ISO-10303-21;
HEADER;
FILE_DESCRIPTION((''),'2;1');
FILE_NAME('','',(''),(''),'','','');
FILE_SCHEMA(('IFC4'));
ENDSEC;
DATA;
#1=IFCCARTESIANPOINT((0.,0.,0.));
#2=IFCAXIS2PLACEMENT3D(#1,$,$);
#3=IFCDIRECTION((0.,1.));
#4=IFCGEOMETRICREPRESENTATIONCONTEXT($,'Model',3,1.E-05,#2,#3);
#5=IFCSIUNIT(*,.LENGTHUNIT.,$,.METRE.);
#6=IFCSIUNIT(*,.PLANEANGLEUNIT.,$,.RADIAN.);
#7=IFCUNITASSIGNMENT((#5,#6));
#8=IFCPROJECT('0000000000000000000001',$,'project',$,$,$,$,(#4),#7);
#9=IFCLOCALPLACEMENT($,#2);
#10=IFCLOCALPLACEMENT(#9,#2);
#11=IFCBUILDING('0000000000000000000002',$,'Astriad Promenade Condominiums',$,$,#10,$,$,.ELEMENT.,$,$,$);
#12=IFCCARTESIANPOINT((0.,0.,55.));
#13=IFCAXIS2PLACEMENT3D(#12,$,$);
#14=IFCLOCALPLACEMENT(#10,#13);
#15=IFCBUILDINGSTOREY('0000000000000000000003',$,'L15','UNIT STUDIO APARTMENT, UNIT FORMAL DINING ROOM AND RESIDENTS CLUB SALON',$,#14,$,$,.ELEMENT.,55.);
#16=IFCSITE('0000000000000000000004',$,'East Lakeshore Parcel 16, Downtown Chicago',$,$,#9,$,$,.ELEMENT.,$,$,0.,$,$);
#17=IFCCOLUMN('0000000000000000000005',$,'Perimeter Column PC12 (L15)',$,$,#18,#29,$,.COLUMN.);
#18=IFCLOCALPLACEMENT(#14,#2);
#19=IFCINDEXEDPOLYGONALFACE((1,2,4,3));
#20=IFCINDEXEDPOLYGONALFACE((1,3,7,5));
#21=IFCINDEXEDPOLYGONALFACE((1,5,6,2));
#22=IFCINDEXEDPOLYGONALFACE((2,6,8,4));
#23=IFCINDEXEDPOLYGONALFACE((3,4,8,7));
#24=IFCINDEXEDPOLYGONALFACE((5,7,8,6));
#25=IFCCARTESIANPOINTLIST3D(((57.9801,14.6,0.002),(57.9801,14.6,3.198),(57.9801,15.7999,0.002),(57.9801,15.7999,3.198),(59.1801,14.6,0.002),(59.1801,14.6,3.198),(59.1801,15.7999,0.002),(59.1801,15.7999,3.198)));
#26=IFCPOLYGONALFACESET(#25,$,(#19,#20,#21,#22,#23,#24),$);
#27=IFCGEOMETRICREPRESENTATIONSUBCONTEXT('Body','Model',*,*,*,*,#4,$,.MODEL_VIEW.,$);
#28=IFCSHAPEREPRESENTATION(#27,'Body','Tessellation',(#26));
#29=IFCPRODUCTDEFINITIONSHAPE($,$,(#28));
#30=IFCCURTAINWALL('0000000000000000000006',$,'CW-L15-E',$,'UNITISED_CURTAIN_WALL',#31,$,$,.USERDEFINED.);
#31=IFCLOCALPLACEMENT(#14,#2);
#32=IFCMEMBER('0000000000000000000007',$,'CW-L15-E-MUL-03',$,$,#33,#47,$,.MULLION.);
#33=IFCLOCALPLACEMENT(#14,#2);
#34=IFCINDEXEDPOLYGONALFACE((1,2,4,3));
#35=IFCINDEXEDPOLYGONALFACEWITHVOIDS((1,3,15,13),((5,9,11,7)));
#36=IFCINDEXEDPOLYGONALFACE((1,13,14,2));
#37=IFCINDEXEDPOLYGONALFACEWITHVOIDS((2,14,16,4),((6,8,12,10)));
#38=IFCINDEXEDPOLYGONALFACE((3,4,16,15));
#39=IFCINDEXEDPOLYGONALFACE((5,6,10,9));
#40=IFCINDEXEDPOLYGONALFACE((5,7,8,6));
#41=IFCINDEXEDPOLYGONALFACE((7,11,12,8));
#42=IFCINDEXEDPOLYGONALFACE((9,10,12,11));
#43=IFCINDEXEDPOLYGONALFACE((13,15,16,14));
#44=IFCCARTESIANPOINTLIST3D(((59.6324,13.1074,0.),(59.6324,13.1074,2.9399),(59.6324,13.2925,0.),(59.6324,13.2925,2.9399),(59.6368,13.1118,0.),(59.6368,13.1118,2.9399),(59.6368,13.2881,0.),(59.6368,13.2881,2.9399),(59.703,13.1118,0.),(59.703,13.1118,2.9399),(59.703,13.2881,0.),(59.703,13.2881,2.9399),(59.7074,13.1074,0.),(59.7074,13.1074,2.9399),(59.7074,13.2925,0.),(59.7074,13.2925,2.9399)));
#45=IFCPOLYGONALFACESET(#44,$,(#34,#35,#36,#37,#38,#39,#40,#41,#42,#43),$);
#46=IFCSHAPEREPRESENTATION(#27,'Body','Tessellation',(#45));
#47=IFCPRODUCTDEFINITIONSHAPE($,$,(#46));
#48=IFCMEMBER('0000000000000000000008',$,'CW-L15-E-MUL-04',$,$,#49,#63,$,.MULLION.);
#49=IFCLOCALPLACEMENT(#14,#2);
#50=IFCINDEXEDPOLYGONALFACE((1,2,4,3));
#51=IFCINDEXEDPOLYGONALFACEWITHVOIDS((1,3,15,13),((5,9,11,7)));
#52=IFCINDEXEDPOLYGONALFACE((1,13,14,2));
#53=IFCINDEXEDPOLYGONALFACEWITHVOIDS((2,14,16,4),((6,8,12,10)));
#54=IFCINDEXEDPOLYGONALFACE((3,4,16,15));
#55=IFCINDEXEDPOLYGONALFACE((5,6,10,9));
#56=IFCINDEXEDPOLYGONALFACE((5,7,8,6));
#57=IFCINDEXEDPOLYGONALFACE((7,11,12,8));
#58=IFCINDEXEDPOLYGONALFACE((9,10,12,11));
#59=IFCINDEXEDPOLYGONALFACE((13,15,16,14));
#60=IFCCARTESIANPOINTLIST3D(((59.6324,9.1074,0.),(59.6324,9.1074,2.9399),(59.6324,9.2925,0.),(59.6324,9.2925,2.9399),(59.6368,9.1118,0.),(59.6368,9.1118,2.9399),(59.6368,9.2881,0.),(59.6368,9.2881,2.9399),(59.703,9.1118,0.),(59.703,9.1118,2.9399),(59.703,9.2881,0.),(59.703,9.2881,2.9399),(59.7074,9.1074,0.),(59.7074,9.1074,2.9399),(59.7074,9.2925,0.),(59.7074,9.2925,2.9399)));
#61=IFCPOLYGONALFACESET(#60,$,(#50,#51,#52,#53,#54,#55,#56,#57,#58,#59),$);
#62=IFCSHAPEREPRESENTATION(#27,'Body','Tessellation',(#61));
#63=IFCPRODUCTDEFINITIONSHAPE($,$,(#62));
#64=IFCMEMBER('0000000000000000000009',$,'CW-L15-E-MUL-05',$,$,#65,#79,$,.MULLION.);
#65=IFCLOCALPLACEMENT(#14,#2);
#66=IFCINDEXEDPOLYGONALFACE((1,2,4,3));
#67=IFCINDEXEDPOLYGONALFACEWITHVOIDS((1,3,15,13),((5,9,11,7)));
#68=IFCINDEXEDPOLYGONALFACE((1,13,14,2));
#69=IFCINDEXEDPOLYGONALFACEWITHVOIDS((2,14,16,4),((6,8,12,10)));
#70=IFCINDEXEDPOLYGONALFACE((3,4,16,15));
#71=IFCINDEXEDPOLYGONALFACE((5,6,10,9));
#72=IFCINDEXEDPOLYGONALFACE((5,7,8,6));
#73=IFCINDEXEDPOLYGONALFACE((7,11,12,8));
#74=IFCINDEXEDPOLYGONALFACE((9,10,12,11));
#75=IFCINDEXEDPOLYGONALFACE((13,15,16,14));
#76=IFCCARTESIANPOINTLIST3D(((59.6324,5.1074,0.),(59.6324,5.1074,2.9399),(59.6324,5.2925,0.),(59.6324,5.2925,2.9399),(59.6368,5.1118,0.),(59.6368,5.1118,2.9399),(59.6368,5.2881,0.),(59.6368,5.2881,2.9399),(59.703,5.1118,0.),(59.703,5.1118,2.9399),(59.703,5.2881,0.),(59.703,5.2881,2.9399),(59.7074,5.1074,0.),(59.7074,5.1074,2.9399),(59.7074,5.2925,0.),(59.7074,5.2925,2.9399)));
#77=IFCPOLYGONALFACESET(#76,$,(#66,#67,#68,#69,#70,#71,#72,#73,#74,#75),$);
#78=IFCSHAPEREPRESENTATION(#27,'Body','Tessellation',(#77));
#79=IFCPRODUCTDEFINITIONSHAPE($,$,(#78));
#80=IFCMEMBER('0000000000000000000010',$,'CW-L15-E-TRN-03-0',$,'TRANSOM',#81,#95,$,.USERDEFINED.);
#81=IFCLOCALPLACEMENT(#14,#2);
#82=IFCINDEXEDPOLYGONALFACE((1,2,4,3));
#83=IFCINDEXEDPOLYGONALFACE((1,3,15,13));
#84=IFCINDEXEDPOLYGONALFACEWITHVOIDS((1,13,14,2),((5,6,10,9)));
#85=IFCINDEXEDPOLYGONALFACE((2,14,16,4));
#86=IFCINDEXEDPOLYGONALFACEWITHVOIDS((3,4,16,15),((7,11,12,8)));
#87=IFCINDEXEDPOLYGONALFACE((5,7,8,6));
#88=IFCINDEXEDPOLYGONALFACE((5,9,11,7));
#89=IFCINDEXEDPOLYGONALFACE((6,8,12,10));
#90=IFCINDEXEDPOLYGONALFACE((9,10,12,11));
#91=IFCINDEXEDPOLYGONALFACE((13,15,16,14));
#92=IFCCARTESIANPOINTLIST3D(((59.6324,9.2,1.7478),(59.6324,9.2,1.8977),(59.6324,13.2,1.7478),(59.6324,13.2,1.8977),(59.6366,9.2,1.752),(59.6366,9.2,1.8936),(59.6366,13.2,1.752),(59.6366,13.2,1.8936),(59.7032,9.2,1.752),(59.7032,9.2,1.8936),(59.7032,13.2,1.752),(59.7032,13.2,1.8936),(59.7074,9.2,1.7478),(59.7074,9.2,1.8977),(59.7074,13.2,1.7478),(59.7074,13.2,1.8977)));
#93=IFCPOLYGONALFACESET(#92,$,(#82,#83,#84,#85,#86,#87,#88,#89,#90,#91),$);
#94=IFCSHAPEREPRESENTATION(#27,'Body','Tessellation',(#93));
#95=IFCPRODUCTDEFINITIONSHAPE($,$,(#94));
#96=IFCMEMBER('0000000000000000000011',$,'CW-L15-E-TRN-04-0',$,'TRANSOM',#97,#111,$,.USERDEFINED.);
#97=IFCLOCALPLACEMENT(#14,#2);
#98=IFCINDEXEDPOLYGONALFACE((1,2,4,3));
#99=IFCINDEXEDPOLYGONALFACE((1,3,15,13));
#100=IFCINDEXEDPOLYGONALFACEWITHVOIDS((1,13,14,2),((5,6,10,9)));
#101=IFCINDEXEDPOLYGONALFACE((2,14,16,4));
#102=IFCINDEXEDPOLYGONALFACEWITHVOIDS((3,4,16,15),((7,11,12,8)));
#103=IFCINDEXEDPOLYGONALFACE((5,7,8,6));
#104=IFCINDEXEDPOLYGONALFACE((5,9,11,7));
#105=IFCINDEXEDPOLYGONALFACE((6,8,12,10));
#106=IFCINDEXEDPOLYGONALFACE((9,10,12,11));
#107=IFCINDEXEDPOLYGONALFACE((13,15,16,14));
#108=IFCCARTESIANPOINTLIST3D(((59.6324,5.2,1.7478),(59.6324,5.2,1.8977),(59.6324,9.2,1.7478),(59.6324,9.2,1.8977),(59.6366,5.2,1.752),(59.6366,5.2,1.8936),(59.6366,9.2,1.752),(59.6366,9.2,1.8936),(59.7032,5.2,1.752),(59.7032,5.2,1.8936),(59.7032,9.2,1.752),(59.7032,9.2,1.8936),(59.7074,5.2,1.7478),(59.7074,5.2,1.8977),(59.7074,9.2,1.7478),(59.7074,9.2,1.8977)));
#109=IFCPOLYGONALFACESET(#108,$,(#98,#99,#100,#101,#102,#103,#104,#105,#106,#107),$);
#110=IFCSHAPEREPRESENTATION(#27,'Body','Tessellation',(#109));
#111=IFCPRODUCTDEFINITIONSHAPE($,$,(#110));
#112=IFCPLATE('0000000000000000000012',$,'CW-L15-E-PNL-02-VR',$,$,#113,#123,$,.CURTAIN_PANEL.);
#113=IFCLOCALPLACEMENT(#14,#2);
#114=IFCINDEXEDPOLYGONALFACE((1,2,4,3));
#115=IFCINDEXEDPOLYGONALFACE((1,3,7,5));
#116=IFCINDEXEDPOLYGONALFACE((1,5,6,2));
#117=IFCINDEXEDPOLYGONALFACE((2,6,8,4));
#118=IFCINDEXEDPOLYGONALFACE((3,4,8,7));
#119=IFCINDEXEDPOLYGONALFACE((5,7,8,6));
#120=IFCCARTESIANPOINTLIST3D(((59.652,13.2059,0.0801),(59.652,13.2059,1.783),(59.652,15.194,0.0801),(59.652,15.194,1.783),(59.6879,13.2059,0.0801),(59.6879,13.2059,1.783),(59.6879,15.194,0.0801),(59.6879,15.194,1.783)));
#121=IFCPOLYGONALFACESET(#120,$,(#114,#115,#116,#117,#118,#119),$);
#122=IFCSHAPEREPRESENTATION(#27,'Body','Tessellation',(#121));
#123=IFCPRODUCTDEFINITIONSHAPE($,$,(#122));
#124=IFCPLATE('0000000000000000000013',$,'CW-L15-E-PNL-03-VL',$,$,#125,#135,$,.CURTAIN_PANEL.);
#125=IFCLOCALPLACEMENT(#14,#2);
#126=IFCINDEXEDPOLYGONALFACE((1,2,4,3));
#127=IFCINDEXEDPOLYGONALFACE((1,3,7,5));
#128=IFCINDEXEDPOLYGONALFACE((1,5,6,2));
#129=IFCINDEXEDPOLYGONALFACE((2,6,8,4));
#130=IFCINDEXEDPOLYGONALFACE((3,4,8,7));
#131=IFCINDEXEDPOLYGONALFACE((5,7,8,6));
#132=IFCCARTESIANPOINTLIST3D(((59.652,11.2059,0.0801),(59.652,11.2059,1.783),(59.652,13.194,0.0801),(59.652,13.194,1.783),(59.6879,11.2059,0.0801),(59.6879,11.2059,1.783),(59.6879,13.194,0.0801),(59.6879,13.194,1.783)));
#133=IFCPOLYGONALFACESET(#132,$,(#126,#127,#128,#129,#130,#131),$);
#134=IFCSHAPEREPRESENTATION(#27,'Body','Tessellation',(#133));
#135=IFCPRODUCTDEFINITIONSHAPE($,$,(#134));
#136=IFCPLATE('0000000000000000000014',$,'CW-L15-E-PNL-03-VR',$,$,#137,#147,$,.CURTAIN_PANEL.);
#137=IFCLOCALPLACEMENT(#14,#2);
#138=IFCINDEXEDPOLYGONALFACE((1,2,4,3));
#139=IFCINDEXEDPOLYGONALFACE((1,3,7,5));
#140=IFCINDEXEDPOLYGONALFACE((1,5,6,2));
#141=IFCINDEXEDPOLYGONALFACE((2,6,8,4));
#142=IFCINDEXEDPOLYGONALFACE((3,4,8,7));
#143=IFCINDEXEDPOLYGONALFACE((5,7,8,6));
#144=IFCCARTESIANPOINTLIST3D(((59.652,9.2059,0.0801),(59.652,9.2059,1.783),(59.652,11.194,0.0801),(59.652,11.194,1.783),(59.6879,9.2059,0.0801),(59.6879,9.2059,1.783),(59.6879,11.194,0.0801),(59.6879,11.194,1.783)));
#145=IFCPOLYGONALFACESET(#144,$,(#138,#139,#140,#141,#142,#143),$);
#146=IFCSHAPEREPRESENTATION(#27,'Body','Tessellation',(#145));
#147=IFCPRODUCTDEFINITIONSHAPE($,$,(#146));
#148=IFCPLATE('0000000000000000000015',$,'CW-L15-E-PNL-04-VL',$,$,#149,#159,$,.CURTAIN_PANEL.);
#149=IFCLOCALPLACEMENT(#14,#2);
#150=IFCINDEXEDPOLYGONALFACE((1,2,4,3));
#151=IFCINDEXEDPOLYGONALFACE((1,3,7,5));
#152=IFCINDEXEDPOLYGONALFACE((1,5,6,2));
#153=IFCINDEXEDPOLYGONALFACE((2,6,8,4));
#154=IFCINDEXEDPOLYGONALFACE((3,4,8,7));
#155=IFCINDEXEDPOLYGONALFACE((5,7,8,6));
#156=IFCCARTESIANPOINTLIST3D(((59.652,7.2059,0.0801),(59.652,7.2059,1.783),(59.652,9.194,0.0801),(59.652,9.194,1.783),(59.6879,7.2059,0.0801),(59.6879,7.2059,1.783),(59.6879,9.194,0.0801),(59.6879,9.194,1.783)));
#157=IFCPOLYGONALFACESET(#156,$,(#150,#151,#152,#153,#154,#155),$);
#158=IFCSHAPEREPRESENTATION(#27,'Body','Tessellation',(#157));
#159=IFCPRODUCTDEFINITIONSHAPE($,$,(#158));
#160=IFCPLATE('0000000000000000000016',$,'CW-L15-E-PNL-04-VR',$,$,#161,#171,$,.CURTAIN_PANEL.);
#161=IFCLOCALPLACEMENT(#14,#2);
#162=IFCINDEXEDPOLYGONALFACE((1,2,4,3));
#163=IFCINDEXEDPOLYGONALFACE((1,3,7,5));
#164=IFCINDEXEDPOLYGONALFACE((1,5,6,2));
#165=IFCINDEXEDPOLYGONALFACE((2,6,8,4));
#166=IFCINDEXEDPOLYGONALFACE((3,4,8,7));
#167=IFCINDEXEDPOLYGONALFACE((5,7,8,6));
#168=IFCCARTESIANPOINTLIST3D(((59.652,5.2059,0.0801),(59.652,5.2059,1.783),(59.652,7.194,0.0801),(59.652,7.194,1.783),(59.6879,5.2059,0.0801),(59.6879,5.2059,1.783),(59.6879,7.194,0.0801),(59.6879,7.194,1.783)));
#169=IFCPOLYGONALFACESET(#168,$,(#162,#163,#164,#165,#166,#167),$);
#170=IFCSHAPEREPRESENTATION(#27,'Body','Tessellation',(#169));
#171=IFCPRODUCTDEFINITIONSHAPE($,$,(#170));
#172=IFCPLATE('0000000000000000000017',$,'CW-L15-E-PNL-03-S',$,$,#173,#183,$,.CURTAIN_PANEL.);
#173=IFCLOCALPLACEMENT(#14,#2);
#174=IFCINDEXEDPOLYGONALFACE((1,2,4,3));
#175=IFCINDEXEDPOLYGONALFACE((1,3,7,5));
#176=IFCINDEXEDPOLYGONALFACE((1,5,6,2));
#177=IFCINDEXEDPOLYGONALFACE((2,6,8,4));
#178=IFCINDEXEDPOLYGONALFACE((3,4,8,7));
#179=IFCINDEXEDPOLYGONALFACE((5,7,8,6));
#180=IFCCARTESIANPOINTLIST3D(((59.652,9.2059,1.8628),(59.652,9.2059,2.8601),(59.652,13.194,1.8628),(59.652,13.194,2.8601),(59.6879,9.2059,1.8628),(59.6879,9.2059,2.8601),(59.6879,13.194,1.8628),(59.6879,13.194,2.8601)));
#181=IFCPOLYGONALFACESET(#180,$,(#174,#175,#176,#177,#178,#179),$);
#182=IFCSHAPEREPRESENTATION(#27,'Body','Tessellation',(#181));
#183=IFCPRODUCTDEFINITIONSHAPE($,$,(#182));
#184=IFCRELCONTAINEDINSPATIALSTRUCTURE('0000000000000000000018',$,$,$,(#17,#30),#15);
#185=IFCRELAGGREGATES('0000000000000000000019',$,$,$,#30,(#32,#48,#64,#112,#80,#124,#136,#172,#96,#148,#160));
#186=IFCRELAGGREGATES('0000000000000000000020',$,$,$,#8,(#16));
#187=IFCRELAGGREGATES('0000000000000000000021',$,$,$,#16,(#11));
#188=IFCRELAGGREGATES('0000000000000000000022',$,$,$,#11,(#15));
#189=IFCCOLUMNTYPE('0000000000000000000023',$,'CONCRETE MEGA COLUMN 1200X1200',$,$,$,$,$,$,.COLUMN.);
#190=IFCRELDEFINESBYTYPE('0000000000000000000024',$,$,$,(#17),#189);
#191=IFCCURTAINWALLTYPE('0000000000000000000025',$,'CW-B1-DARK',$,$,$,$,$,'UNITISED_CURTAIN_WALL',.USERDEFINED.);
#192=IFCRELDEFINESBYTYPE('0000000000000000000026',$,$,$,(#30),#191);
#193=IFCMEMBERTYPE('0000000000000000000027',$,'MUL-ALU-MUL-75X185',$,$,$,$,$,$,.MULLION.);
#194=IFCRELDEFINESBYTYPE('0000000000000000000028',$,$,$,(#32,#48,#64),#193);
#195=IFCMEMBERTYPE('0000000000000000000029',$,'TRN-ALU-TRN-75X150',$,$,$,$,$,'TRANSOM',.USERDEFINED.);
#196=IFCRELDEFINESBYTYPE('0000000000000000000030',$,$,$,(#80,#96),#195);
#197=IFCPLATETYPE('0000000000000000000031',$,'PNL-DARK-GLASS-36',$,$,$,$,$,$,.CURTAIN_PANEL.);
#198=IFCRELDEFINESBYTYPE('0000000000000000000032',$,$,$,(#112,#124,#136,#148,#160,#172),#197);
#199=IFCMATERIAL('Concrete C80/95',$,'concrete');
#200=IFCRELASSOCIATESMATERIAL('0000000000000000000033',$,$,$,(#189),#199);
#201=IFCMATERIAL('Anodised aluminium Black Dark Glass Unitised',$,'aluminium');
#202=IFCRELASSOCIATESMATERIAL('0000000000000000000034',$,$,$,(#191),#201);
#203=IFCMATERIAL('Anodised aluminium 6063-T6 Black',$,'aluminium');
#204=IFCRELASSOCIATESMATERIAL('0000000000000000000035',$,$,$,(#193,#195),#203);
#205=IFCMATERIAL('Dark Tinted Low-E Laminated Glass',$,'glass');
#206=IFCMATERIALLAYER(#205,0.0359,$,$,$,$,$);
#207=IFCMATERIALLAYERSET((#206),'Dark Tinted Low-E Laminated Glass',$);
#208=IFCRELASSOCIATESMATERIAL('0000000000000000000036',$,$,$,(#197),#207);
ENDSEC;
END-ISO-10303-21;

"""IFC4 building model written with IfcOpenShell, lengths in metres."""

from ifc_helpers import new_model, si_unit, direction, frame, origin, origin_2d, place, context, subcontext, project, spatial, rectangle, hollow_rectangle, extrude, source, transform, mapped, material, layer, layer_set, material_profile, profile_set, type_object, type_shapes, element, aggregate, save


model = new_model("IFC4")

# Units and contexts
model_context = context("Model", 3, precision=1e-05, world=origin(), true_north=direction((0.0, 1.0)))
body_context = subcontext(model_context, "Body", "Model", "MODEL_VIEW")
ifc_project = project(units=[si_unit("LENGTHUNIT", "METRE"), si_unit("PLANEANGLEUNIT", "RADIAN")], contexts=[model_context])

# Site, building, storey
site_placement = place(None, origin())
site = spatial("IfcSite", under=ifc_project, at=site_placement, Name="East Lakeshore Parcel 16, Downtown Chicago", CompositionType="ELEMENT", RefElevation=0.0)
building_placement = place(site_placement, origin())
building = spatial("IfcBuilding", under=site, at=building_placement, Name="Astriad Promenade Condominiums", CompositionType="ELEMENT")
storey_placement = place(building_placement, frame((0.0, 0.0, 55.0)))
storey = spatial("IfcBuildingStorey", under=building, at=storey_placement, Name="L15", Description="UNIT STUDIO APARTMENT, UNIT FORMAL DINING ROOM AND RESIDENTS CLUB SALON", CompositionType="ELEMENT", Elevation=55.0)

# Column
ifc_material_1 = material(Name="Concrete C80/95", Category="concrete")
ifc_material_profile_1 = material_profile(ifc_material_1, rectangle(XDim=1.2, YDim=1.2, at=origin_2d()), Name="RC-COL-1200X1200")
ifc_profile_set_1 = profile_set([ifc_material_profile_1], Name="Concrete C80/95")
column_type = type_object("IfcColumnType", Name="CONCRETE MEGA COLUMN 1200X1200", PredefinedType="COLUMN", material=ifc_profile_set_1)
shared_shape_1 = source(origin(), body_context, "Body", "SweptSolid", [
    extrude(rectangle(XDim=1.2, YDim=1.2, at=origin_2d()), origin(), (0.0, 0.0, 1.0), 3.196),
])
type_shapes(column_type, [shared_shape_1])
column_placement = place(storey_placement, frame((58.5801, 15.2, 0.002), z_axis=(0.0, 0.0, 1.0), x_axis=(1.0, 0.0, 0.0)))
element("IfcColumn", 1, at=column_placement, inside=storey, type_object=column_type, Name="Perimeter Column PC12 (L15)", PredefinedType="COLUMN", context=body_context, shape_type="MappedRepresentation", body=[
    mapped(shared_shape_1, transform((0.0, 0.0, 0.0), scale=1.0)),
])

# Curtain wall, members, plates
ifc_material_2 = material(Name="Anodised aluminium Black Dark Glass Unitised", Category="aluminium")
curtain_wall_type = type_object("IfcCurtainWallType", Name="CW-B1-DARK", ElementType="UNITISED_CURTAIN_WALL", PredefinedType="USERDEFINED", material=ifc_material_2)
curtain_wall_placement = place(storey_placement, origin())
curtain_wall = element("IfcCurtainWall", 2, at=curtain_wall_placement, inside=storey, type_object=curtain_wall_type, Name="CW-L15-E", ObjectType="UNITISED_CURTAIN_WALL", PredefinedType="USERDEFINED")
ifc_material_3 = material(Name="Anodised aluminium 6063-T6 Black", Category="aluminium")
ifc_material_profile_2 = material_profile(ifc_material_3, hollow_rectangle(XDim=0.075, YDim=0.1851, WallThickness=0.0044, at=origin_2d()), Name="ALU-MUL-75X185")
ifc_profile_set_2 = profile_set([ifc_material_profile_2], Name="Anodised aluminium 6063-T6 Black")
member_type_1 = type_object("IfcMemberType", Name="MUL-ALU-MUL-75X185", PredefinedType="MULLION", material=ifc_profile_set_2)
shared_shape_2 = source(origin(), body_context, "Body", "SweptSolid", [
    extrude(hollow_rectangle(XDim=0.075, YDim=0.1851, WallThickness=0.0044, at=origin_2d()), origin(), (0.0, 0.0, 1.0), 2.9399),
])
type_shapes(member_type_1, [shared_shape_2])
member_1_placement = place(storey_placement, frame((59.6699, 13.2, 0.0), z_axis=(0.0, 0.0, 1.0), x_axis=(1.0, 0.0, 0.0)))
member_1 = element("IfcMember", 3, at=member_1_placement, type_object=member_type_1, Name="CW-L15-E-MUL-03", PredefinedType="MULLION", context=body_context, shape_type="MappedRepresentation", body=[
    mapped(shared_shape_2, transform((0.0, 0.0, 0.0), scale=1.0)),
])
member_2_placement = place(storey_placement, frame((59.6699, 9.2, 0.0), z_axis=(0.0, 0.0, 1.0), x_axis=(1.0, 0.0, 0.0)))
member_2 = element("IfcMember", 4, at=member_2_placement, type_object=member_type_1, Name="CW-L15-E-MUL-04", PredefinedType="MULLION", context=body_context, shape_type="MappedRepresentation", body=[
    mapped(shared_shape_2, transform((0.0, 0.0, 0.0), scale=1.0)),
])
member_3_placement = place(storey_placement, frame((59.6699, 5.2, 0.0), z_axis=(0.0, 0.0, 1.0), x_axis=(1.0, 0.0, 0.0)))
member_3 = element("IfcMember", 5, at=member_3_placement, type_object=member_type_1, Name="CW-L15-E-MUL-05", PredefinedType="MULLION", context=body_context, shape_type="MappedRepresentation", body=[
    mapped(shared_shape_2, transform((0.0, 0.0, 0.0), scale=1.0)),
])
ifc_material_profile_3 = material_profile(ifc_material_3, hollow_rectangle(XDim=0.075, YDim=0.1499, WallThickness=0.0042, at=origin_2d()), Name="ALU-TRN-75X150")
ifc_profile_set_3 = profile_set([ifc_material_profile_3], Name="Anodised aluminium 6063-T6 Black")
member_type_2 = type_object("IfcMemberType", Name="TRN-ALU-TRN-75X150", ElementType="TRANSOM", PredefinedType="USERDEFINED", material=ifc_profile_set_3)
shared_shape_3 = source(origin(), body_context, "Body", "SweptSolid", [
    extrude(hollow_rectangle(XDim=0.075, YDim=0.1499, WallThickness=0.0042, at=origin_2d()), origin(), (0.0, 0.0, 1.0), 4.0),
])
type_shapes(member_type_2, [shared_shape_3])
member_4_placement = place(storey_placement, frame((59.6699, 13.2, 1.8228), z_axis=(0.0, -1.0, 0.0), x_axis=(1.0, 0.0, 0.0)))
member_4 = element("IfcMember", 6, at=member_4_placement, type_object=member_type_2, Name="CW-L15-E-TRN-03-0", ObjectType="TRANSOM", PredefinedType="USERDEFINED", context=body_context, shape_type="MappedRepresentation", body=[
    mapped(shared_shape_3, transform((0.0, 0.0, 0.0), scale=1.0)),
])
member_5_placement = place(storey_placement, frame((59.6699, 9.2, 1.8228), z_axis=(0.0, -1.0, 0.0), x_axis=(1.0, 0.0, 0.0)))
member_5 = element("IfcMember", 7, at=member_5_placement, type_object=member_type_2, Name="CW-L15-E-TRN-04-0", ObjectType="TRANSOM", PredefinedType="USERDEFINED", context=body_context, shape_type="MappedRepresentation", body=[
    mapped(shared_shape_3, transform((0.0, 0.0, 0.0), scale=1.0)),
])
ifc_material_4 = material(Name="Dark Tinted Low-E Laminated Glass", Category="glass")
ifc_layer_1 = layer(ifc_material_4, 0.0359)
ifc_layer_set_1 = layer_set([ifc_layer_1], Name="Dark Tinted Low-E Laminated Glass")
plate_type = type_object("IfcPlateType", Name="PNL-DARK-GLASS-36", PredefinedType="CURTAIN_PANEL", material=ifc_layer_set_1)
shared_shape_4 = source(origin(), body_context, "Body", "SweptSolid", [
    extrude(rectangle(XDim=1.988, YDim=0.0359, at=origin_2d()), origin(), (0.0, 0.0, 1.0), 1.7029),
])
plate_1_placement = place(storey_placement, frame((59.6699, 14.2, 0.0801), z_axis=(0.0, 0.0, 1.0), x_axis=(0.0, -1.0, 0.0)))
plate_1 = element("IfcPlate", 8, at=plate_1_placement, type_object=plate_type, Name="CW-L15-E-PNL-02-VR", PredefinedType="CURTAIN_PANEL", context=body_context, shape_type="MappedRepresentation", body=[
    mapped(shared_shape_4, transform((0.0, 0.0, 0.0), scale=1.0)),
])
plate_2_placement = place(storey_placement, frame((59.6699, 12.2, 0.0801), z_axis=(0.0, 0.0, 1.0), x_axis=(0.0, -1.0, 0.0)))
plate_2 = element("IfcPlate", 9, at=plate_2_placement, type_object=plate_type, Name="CW-L15-E-PNL-03-VL", PredefinedType="CURTAIN_PANEL", context=body_context, shape_type="MappedRepresentation", body=[
    mapped(shared_shape_4, transform((0.0, 0.0, 0.0), scale=1.0)),
])
plate_3_placement = place(storey_placement, frame((59.6699, 10.2, 0.0801), z_axis=(0.0, 0.0, 1.0), x_axis=(0.0, -1.0, 0.0)))
plate_3 = element("IfcPlate", 10, at=plate_3_placement, type_object=plate_type, Name="CW-L15-E-PNL-03-VR", PredefinedType="CURTAIN_PANEL", context=body_context, shape_type="MappedRepresentation", body=[
    mapped(shared_shape_4, transform((0.0, 0.0, 0.0), scale=1.0)),
])
plate_4_placement = place(storey_placement, frame((59.6699, 8.2, 0.0801), z_axis=(0.0, 0.0, 1.0), x_axis=(0.0, -1.0, 0.0)))
plate_4 = element("IfcPlate", 11, at=plate_4_placement, type_object=plate_type, Name="CW-L15-E-PNL-04-VL", PredefinedType="CURTAIN_PANEL", context=body_context, shape_type="MappedRepresentation", body=[
    mapped(shared_shape_4, transform((0.0, 0.0, 0.0), scale=1.0)),
])
plate_5_placement = place(storey_placement, frame((59.6699, 6.2, 0.0801), z_axis=(0.0, 0.0, 1.0), x_axis=(0.0, -1.0, 0.0)))
plate_5 = element("IfcPlate", 12, at=plate_5_placement, type_object=plate_type, Name="CW-L15-E-PNL-04-VR", PredefinedType="CURTAIN_PANEL", context=body_context, shape_type="MappedRepresentation", body=[
    mapped(shared_shape_4, transform((0.0, 0.0, 0.0), scale=1.0)),
])
shared_shape_5 = source(origin(), body_context, "Body", "SweptSolid", [
    extrude(rectangle(XDim=3.988, YDim=0.0359, at=origin_2d()), origin(), (0.0, 0.0, 1.0), 0.9973),
])
type_shapes(plate_type, [shared_shape_4, shared_shape_5])
plate_6_placement = place(storey_placement, frame((59.6699, 11.2, 1.8628), z_axis=(0.0, 0.0, 1.0), x_axis=(0.0, -1.0, 0.0)))
plate_6 = element("IfcPlate", 13, at=plate_6_placement, type_object=plate_type, Name="CW-L15-E-PNL-03-S", PredefinedType="CURTAIN_PANEL", context=body_context, shape_type="MappedRepresentation", body=[
    mapped(shared_shape_5, transform((0.0, 0.0, 0.0), scale=1.0)),
])
aggregate(curtain_wall, [member_1, member_2, member_3, plate_1, member_4, plate_2, plate_3, plate_6, member_5, plate_4, plate_5])

save(model, "model.ifc")
